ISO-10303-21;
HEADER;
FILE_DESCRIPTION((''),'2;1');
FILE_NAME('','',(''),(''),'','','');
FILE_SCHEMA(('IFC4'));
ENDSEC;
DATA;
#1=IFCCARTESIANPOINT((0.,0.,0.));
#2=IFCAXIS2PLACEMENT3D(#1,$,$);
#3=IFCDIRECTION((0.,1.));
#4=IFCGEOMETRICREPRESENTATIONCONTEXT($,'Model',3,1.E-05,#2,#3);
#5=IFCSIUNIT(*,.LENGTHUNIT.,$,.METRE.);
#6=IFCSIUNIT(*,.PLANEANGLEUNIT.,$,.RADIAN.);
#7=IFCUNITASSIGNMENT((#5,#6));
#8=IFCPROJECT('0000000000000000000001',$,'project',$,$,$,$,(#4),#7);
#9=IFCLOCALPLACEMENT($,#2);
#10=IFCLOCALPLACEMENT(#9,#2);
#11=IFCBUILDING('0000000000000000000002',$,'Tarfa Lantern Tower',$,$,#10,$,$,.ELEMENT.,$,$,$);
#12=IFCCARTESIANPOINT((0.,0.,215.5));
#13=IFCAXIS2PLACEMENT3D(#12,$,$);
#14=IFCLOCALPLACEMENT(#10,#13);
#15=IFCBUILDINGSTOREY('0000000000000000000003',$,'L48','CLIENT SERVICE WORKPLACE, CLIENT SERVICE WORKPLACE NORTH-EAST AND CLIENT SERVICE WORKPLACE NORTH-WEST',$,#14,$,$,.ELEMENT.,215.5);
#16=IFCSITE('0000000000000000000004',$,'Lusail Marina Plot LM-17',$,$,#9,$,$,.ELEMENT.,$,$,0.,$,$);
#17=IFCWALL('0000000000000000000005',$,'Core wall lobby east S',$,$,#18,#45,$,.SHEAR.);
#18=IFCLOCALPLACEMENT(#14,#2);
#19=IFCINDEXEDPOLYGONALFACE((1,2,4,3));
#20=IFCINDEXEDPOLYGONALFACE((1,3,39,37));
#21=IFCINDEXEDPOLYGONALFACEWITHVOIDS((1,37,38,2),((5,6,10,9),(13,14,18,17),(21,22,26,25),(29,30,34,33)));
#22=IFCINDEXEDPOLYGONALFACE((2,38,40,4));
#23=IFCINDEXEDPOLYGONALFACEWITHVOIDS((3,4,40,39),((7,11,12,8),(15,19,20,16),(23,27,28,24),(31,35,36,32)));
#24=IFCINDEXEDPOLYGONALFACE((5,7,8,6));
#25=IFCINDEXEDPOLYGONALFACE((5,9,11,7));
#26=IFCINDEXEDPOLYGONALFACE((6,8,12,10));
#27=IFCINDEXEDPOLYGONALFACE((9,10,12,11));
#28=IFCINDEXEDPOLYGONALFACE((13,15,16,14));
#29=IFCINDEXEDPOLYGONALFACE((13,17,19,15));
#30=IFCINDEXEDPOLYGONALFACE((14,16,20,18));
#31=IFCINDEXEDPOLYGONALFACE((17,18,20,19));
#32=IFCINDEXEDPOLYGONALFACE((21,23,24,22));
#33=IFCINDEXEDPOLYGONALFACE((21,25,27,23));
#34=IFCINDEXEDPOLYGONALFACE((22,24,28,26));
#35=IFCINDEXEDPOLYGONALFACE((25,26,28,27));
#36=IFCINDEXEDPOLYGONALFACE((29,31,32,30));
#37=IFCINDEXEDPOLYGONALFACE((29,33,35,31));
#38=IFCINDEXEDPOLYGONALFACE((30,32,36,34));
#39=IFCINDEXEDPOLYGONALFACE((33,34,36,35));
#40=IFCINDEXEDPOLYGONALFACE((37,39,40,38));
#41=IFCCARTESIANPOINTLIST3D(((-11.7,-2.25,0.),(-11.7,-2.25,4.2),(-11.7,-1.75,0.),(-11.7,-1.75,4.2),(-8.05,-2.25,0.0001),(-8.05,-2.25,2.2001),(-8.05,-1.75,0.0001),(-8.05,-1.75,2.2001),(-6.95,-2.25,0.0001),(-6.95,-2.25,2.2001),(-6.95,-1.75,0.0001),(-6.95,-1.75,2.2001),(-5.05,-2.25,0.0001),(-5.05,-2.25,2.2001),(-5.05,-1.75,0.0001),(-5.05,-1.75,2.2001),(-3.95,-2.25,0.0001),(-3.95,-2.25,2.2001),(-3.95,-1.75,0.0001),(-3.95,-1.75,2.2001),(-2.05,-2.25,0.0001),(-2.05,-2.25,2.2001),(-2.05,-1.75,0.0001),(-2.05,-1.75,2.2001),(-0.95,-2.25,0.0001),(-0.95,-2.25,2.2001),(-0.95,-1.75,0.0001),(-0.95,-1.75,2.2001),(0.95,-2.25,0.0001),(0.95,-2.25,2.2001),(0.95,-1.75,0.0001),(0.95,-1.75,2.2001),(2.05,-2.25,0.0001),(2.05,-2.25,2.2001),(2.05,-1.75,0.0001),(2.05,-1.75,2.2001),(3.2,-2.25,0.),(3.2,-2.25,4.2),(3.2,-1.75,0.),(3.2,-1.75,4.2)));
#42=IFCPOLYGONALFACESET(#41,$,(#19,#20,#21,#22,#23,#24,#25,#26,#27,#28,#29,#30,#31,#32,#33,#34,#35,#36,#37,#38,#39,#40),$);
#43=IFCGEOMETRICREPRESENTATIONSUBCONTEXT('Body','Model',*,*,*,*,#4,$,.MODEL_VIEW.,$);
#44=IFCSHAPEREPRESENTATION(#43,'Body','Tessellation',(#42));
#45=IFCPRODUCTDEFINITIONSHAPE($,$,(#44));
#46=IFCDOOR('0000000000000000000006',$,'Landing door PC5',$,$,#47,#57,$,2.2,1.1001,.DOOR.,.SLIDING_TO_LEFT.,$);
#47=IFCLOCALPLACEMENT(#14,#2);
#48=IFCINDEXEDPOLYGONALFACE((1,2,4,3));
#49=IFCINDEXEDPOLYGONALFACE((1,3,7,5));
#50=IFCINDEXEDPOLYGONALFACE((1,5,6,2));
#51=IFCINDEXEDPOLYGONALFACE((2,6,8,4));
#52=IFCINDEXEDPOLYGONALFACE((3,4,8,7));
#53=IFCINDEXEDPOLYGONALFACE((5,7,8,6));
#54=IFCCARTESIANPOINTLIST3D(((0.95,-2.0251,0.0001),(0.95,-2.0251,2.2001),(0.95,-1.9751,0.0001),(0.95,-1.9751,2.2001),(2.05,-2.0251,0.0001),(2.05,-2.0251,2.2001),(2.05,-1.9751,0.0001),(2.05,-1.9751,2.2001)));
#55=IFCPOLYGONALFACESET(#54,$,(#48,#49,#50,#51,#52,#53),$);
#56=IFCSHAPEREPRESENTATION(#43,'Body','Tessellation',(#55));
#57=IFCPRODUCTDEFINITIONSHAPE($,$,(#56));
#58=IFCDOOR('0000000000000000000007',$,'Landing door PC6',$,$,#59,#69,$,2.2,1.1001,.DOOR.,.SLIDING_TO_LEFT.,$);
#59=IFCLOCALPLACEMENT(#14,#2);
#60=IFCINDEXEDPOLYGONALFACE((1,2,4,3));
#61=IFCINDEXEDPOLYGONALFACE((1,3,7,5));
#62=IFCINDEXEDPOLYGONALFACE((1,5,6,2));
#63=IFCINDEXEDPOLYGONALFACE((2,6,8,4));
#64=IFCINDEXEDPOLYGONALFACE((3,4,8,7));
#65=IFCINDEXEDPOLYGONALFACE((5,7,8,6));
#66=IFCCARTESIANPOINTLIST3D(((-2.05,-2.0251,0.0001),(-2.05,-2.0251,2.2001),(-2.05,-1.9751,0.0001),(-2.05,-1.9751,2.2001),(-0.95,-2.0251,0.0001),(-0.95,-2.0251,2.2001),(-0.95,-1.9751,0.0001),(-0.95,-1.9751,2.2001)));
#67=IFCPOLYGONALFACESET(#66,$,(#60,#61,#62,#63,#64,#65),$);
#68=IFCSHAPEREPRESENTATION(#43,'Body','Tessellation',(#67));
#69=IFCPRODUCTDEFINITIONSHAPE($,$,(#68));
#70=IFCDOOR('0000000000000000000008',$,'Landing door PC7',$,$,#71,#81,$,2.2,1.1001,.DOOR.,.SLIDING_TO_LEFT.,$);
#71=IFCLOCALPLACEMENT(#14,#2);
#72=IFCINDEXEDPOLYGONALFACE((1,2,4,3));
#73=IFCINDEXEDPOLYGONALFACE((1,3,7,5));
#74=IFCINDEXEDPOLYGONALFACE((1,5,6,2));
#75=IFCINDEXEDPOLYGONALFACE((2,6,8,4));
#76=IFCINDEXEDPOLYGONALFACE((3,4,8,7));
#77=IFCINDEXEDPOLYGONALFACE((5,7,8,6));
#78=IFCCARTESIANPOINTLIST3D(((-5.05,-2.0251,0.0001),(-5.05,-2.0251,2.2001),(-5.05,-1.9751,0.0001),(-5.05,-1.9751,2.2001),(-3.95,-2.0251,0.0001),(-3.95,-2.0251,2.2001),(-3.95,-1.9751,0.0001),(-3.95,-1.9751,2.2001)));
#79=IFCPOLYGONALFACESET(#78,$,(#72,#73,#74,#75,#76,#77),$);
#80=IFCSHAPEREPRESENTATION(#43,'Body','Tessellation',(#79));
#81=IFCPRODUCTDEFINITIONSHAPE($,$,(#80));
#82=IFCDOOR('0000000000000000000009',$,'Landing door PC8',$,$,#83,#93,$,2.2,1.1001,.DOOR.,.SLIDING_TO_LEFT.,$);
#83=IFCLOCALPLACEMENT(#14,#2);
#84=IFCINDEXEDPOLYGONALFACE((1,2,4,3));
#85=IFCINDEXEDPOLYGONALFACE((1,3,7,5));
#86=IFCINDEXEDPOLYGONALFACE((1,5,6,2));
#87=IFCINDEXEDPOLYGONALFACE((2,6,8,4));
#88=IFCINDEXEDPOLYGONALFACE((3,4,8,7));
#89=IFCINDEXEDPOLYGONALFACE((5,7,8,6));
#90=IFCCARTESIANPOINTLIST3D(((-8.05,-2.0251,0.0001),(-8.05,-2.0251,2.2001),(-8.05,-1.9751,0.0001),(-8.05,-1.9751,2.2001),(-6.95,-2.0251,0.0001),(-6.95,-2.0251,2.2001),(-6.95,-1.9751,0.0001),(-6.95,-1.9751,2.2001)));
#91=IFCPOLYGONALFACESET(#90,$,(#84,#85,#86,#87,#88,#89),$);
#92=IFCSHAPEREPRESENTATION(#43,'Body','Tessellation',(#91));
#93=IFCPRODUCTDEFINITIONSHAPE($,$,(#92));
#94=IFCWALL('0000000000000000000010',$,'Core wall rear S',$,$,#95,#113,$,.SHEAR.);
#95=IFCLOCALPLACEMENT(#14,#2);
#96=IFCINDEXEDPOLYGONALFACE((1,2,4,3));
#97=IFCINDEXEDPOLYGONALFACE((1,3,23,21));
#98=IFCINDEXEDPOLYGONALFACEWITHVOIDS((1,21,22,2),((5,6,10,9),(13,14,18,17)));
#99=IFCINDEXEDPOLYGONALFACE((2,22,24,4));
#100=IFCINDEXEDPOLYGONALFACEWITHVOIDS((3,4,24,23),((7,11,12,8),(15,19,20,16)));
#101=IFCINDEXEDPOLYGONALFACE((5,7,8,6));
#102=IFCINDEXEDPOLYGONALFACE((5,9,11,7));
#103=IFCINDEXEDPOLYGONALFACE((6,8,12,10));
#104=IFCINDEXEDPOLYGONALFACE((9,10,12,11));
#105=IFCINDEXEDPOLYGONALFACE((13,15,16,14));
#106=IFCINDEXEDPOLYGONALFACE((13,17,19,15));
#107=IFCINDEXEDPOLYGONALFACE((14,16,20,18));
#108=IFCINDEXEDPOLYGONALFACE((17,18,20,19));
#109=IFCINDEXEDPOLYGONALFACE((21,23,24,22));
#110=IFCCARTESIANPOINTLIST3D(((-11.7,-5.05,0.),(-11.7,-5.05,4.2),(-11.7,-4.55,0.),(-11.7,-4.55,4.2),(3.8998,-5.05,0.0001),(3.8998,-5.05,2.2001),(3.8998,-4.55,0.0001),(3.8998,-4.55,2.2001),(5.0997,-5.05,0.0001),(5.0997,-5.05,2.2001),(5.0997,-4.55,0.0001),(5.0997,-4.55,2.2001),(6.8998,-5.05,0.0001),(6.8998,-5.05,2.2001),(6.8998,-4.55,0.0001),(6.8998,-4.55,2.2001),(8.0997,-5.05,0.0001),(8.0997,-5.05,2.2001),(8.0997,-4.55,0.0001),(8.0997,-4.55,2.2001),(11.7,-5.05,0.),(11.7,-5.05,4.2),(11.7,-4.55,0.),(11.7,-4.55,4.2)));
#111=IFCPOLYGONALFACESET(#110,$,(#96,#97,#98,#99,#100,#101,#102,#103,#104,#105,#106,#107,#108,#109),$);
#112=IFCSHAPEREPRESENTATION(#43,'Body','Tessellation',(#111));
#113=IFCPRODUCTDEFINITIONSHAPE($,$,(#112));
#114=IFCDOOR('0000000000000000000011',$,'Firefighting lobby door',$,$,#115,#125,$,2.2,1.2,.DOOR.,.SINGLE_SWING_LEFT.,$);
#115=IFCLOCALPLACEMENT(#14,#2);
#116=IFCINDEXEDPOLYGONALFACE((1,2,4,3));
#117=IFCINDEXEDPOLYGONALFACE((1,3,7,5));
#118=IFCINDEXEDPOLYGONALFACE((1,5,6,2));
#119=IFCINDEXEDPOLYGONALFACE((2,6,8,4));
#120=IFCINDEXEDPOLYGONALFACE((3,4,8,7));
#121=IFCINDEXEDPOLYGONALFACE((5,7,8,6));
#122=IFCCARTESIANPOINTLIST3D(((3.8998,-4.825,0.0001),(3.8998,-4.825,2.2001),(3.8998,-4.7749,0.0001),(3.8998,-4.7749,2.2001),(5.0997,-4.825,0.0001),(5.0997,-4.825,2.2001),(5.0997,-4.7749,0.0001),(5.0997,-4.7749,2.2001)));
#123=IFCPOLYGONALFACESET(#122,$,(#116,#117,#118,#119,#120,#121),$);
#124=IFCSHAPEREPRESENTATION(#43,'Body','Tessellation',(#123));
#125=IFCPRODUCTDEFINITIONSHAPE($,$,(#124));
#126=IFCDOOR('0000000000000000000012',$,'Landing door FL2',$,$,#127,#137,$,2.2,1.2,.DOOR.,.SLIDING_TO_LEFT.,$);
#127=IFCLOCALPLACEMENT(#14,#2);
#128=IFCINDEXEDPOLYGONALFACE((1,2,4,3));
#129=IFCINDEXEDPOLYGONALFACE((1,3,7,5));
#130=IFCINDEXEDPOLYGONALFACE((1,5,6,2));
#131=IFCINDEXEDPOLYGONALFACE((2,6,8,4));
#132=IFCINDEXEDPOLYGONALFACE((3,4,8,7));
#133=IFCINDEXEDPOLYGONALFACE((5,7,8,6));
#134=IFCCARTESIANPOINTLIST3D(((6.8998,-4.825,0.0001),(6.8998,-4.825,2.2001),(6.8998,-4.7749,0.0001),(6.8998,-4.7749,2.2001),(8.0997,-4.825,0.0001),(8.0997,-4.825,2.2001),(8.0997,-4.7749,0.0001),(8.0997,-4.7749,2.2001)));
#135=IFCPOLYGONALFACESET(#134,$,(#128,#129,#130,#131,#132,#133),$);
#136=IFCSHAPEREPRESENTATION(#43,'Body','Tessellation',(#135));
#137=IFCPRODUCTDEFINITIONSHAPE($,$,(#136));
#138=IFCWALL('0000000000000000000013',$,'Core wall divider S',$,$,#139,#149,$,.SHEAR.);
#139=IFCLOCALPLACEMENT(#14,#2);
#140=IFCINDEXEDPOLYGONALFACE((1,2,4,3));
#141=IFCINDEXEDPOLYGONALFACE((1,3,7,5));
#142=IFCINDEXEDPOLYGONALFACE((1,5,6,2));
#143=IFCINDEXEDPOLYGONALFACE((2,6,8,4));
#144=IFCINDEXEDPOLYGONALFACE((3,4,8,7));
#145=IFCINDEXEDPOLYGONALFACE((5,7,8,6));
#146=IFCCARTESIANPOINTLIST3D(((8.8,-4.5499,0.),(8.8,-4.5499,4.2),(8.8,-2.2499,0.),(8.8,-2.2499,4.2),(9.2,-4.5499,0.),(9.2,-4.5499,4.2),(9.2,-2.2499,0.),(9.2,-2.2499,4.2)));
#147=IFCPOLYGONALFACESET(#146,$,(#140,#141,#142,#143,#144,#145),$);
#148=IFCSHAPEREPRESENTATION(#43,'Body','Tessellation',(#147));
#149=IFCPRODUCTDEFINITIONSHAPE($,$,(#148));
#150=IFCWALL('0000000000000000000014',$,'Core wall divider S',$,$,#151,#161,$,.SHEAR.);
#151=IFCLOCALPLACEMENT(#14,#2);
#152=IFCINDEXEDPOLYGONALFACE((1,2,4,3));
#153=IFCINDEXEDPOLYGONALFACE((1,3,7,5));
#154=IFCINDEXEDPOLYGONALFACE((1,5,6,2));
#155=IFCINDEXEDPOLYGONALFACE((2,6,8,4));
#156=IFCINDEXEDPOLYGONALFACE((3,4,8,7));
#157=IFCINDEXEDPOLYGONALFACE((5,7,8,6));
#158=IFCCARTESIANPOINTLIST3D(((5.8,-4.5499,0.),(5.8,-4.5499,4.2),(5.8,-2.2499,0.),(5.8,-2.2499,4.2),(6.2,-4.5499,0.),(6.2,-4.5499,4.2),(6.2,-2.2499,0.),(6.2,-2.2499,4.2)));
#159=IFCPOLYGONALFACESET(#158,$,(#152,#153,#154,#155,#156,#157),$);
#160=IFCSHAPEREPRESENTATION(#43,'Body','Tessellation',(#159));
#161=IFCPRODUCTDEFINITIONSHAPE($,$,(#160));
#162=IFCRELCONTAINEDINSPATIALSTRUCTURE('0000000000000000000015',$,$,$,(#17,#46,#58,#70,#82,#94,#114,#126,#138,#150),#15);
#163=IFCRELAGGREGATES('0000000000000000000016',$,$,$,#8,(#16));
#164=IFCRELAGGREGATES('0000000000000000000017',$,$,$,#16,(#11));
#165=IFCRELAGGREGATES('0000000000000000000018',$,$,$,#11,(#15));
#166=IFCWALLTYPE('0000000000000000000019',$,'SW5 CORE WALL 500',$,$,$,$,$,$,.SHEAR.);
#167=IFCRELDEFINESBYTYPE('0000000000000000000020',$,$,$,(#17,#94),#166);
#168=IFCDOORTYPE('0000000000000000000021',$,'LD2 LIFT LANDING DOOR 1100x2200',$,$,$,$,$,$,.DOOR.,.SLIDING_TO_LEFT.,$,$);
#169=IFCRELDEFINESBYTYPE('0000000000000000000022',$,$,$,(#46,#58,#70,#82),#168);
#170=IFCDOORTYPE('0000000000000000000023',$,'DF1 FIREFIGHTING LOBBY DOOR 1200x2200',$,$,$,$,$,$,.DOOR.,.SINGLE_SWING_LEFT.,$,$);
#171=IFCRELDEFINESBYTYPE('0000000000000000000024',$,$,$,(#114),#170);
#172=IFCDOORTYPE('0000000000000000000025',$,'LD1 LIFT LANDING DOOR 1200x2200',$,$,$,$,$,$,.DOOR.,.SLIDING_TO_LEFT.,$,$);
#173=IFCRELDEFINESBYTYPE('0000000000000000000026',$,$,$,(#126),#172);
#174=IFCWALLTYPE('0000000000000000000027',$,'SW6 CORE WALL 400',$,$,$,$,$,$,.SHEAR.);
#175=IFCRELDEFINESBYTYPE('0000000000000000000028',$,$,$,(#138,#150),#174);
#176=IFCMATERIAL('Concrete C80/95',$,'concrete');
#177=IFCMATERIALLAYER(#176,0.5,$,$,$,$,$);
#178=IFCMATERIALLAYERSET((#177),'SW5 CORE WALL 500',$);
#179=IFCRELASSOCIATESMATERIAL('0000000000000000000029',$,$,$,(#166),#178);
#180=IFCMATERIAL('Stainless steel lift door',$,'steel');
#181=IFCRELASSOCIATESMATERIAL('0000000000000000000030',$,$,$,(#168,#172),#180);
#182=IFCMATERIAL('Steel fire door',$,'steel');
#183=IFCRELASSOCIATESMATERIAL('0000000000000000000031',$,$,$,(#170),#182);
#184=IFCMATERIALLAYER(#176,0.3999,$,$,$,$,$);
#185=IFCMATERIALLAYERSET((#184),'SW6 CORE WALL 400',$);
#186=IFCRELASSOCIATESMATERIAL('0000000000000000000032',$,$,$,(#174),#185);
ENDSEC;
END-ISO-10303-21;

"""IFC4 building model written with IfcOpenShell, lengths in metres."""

from ifc_helpers import new_model, si_unit, direction, frame, frame_2d, origin, place, context, subcontext, project, spatial, rectangle, extrude, material, layer, layer_set, type_object, element, fill, save


model = new_model("IFC4")

# Units and contexts
model_context = context("Model", 3, precision=1e-05, world=origin(), true_north=direction((0.0, 1.0)))
body_context = subcontext(model_context, "Body", "Model", "MODEL_VIEW")
ifc_project = project(units=[si_unit("LENGTHUNIT", "METRE"), si_unit("PLANEANGLEUNIT", "RADIAN")], contexts=[model_context])

# Site, building, storey
site_placement = place(None, origin())
site = spatial("IfcSite", under=ifc_project, at=site_placement, Name="Lusail Marina Plot LM-17", CompositionType="ELEMENT", RefElevation=0.0)
building_placement = place(site_placement, origin())
building = spatial("IfcBuilding", under=site, at=building_placement, Name="Tarfa Lantern Tower", CompositionType="ELEMENT")
storey_placement = place(building_placement, frame((0.0, 0.0, 215.5)))
storey = spatial("IfcBuildingStorey", under=building, at=storey_placement, Name="L48", Description="CLIENT SERVICE WORKPLACE, CLIENT SERVICE WORKPLACE NORTH-EAST AND CLIENT SERVICE WORKPLACE NORTH-WEST", CompositionType="ELEMENT", Elevation=215.5)

# Shared definitions
ifc_material_1 = material(Name="Concrete C80/95", Category="concrete")

# Shared definitions
ifc_material_2 = material(Name="Steel fire door", Category="steel")

# Shared definitions
ifc_layer_1 = layer(ifc_material_1, 0.5)
ifc_layer_set_1 = layer_set([ifc_layer_1], Name="SW5 CORE WALL 500")
wall_type_1 = type_object("IfcWallType", Name="SW5 CORE WALL 500", PredefinedType="SHEAR", material=ifc_layer_set_1)

# Walls, openings, doors
wall_1_placement = place(storey_placement, frame((3.2, -2.0, 0.0), z_axis=(0.0, 0.0, 1.0), x_axis=(-1.0, 0.0, 0.0)))
wall_1 = element("IfcWall", 1, at=wall_1_placement, inside=storey, type_object=wall_type_1, Name="Core wall lobby east S", PredefinedType="SHEAR", context=body_context, shape_type="SweptSolid", body=[
    extrude(rectangle(XDim=14.8999, YDim=0.5, at=frame_2d((7.45, 0.0))), origin(), (0.0, 0.0, 1.0), 4.2),
])
opening_1_placement = place(wall_1_placement, frame((1.1499, 0.0, 0.0)))
opening_1 = element("IfcOpeningElement", 2, at=opening_1_placement, cuts=wall_1, PredefinedType="OPENING", context=body_context, shape_type="SweptSolid", body=[
    extrude(rectangle(XDim=1.1001, YDim=2.2, at=frame_2d((0.55, 1.1001))), frame((0.0, 0.26, 0.0), z_axis=(0.0, -1.0, 0.0), x_axis=(1.0, 0.0, 0.0)), (0.0, 0.0, 1.0), 0.52),
])
opening_2_placement = place(wall_1_placement, frame((4.1499, 0.0, 0.0)))
opening_2 = element("IfcOpeningElement", 3, at=opening_2_placement, cuts=wall_1, PredefinedType="OPENING", context=body_context, shape_type="SweptSolid", body=[
    extrude(rectangle(XDim=1.1001, YDim=2.2, at=frame_2d((0.55, 1.1001))), frame((0.0, 0.26, 0.0), z_axis=(0.0, -1.0, 0.0), x_axis=(1.0, 0.0, 0.0)), (0.0, 0.0, 1.0), 0.52),
])
opening_3_placement = place(wall_1_placement, frame((7.1499, 0.0, 0.0)))
opening_3 = element("IfcOpeningElement", 4, at=opening_3_placement, cuts=wall_1, PredefinedType="OPENING", context=body_context, shape_type="SweptSolid", body=[
    extrude(rectangle(XDim=1.1001, YDim=2.2, at=frame_2d((0.55, 1.1001))), frame((0.0, 0.26, 0.0), z_axis=(0.0, -1.0, 0.0), x_axis=(1.0, 0.0, 0.0)), (0.0, 0.0, 1.0), 0.52),
])
opening_4_placement = place(wall_1_placement, frame((10.1499, 0.0, 0.0)))
opening_4 = element("IfcOpeningElement", 5, at=opening_4_placement, cuts=wall_1, PredefinedType="OPENING", context=body_context, shape_type="SweptSolid", body=[
    extrude(rectangle(XDim=1.1001, YDim=2.2, at=frame_2d((0.55, 1.1001))), frame((0.0, 0.26, 0.0), z_axis=(0.0, -1.0, 0.0), x_axis=(1.0, 0.0, 0.0)), (0.0, 0.0, 1.0), 0.52),
])
ifc_material_3 = material(Name="Stainless steel lift door", Category="steel")
door_type_1 = type_object("IfcDoorType", Name="LD2 LIFT LANDING DOOR 1100x2200", OperationType="SLIDING_TO_LEFT", PredefinedType="DOOR", material=ifc_material_3)
door_1_placement = place(opening_1_placement, frame((1.1001, 0.0, 0.0), z_axis=(0.0, 0.0, 1.0), x_axis=(-1.0, 0.0, 0.0)))
door_1 = element("IfcDoor", 6, at=door_1_placement, inside=storey, type_object=door_type_1, Name="Landing door PC5", OperationType="SLIDING_TO_LEFT", OverallHeight=2.2, OverallWidth=1.1001, PredefinedType="DOOR", context=body_context, shape_type="SweptSolid", body=[
    extrude(rectangle(XDim=1.1001, YDim=2.2, at=frame_2d((0.55, 1.1001))), frame((0.0, 0.0249, 0.0), z_axis=(0.0, -1.0, 0.0), x_axis=(1.0, 0.0, 0.0)), (0.0, 0.0, 1.0), 0.05),
])
fill(opening_1, door_1)
door_2_placement = place(opening_2_placement, frame((1.1001, 0.0, 0.0), z_axis=(0.0, 0.0, 1.0), x_axis=(-1.0, 0.0, 0.0)))
door_2 = element("IfcDoor", 7, at=door_2_placement, inside=storey, type_object=door_type_1, Name="Landing door PC6", OperationType="SLIDING_TO_LEFT", OverallHeight=2.2, OverallWidth=1.1001, PredefinedType="DOOR", context=body_context, shape_type="SweptSolid", body=[
    extrude(rectangle(XDim=1.1001, YDim=2.2, at=frame_2d((0.55, 1.1001))), frame((0.0, 0.0249, 0.0), z_axis=(0.0, -1.0, 0.0), x_axis=(1.0, 0.0, 0.0)), (0.0, 0.0, 1.0), 0.05),
])
fill(opening_2, door_2)
door_3_placement = place(opening_3_placement, frame((1.1001, 0.0, 0.0), z_axis=(0.0, 0.0, 1.0), x_axis=(-1.0, 0.0, 0.0)))
door_3 = element("IfcDoor", 8, at=door_3_placement, inside=storey, type_object=door_type_1, Name="Landing door PC7", OperationType="SLIDING_TO_LEFT", OverallHeight=2.2, OverallWidth=1.1001, PredefinedType="DOOR", context=body_context, shape_type="SweptSolid", body=[
    extrude(rectangle(XDim=1.1001, YDim=2.2, at=frame_2d((0.55, 1.1001))), frame((0.0, 0.0249, 0.0), z_axis=(0.0, -1.0, 0.0), x_axis=(1.0, 0.0, 0.0)), (0.0, 0.0, 1.0), 0.05),
])
fill(opening_3, door_3)
door_4_placement = place(opening_4_placement, frame((1.1001, 0.0, 0.0), z_axis=(0.0, 0.0, 1.0), x_axis=(-1.0, 0.0, 0.0)))
door_4 = element("IfcDoor", 9, at=door_4_placement, inside=storey, type_object=door_type_1, Name="Landing door PC8", OperationType="SLIDING_TO_LEFT", OverallHeight=2.2, OverallWidth=1.1001, PredefinedType="DOOR", context=body_context, shape_type="SweptSolid", body=[
    extrude(rectangle(XDim=1.1001, YDim=2.2, at=frame_2d((0.55, 1.1001))), frame((0.0, 0.0249, 0.0), z_axis=(0.0, -1.0, 0.0), x_axis=(1.0, 0.0, 0.0)), (0.0, 0.0, 1.0), 0.05),
])
fill(opening_4, door_4)
wall_2_placement = place(storey_placement, frame((11.7, -4.8, 0.0), z_axis=(0.0, 0.0, 1.0), x_axis=(-1.0, 0.0, 0.0)))
wall_2 = element("IfcWall", 10, at=wall_2_placement, inside=storey, type_object=wall_type_1, Name="Core wall rear S", PredefinedType="SHEAR", context=body_context, shape_type="SweptSolid", body=[
    extrude(rectangle(XDim=23.3999, YDim=0.5, at=frame_2d((11.7, 0.0))), origin(), (0.0, 0.0, 1.0), 4.2),
])
opening_5_placement = place(wall_2_placement, frame((6.6001, 0.0, 0.0)))
opening_5 = element("IfcOpeningElement", 11, at=opening_5_placement, cuts=wall_2, PredefinedType="OPENING", context=body_context, shape_type="SweptSolid", body=[
    extrude(rectangle(XDim=1.2, YDim=2.2, at=frame_2d((0.6001, 1.1001))), frame((0.0, 0.26, 0.0), z_axis=(0.0, -1.0, 0.0), x_axis=(1.0, 0.0, 0.0)), (0.0, 0.0, 1.0), 0.52),
])
opening_6_placement = place(wall_2_placement, frame((3.6001, 0.0, 0.0)))
opening_6 = element("IfcOpeningElement", 12, at=opening_6_placement, cuts=wall_2, PredefinedType="OPENING", context=body_context, shape_type="SweptSolid", body=[
    extrude(rectangle(XDim=1.2, YDim=2.2, at=frame_2d((0.6001, 1.1001))), frame((0.0, 0.26, 0.0), z_axis=(0.0, -1.0, 0.0), x_axis=(1.0, 0.0, 0.0)), (0.0, 0.0, 1.0), 0.52),
])
door_type_2 = type_object("IfcDoorType", Name="DF1 FIREFIGHTING LOBBY DOOR 1200x2200", OperationType="SINGLE_SWING_LEFT", PredefinedType="DOOR", material=ifc_material_2)
door_5_placement = place(opening_5_placement, origin())
door_5 = element("IfcDoor", 13, at=door_5_placement, inside=storey, type_object=door_type_2, Name="Firefighting lobby door", OperationType="SINGLE_SWING_LEFT", OverallHeight=2.2, OverallWidth=1.2, PredefinedType="DOOR", context=body_context, shape_type="SweptSolid", body=[
    extrude(rectangle(XDim=1.2, YDim=2.2, at=frame_2d((0.6001, 1.1001))), frame((0.0, 0.0249, 0.0), z_axis=(0.0, -1.0, 0.0), x_axis=(1.0, 0.0, 0.0)), (0.0, 0.0, 1.0), 0.05),
])
fill(opening_5, door_5)
door_type_3 = type_object("IfcDoorType", Name="LD1 LIFT LANDING DOOR 1200x2200", OperationType="SLIDING_TO_LEFT", PredefinedType="DOOR", material=ifc_material_3)
door_6_placement = place(opening_6_placement, origin())
door_6 = element("IfcDoor", 14, at=door_6_placement, inside=storey, type_object=door_type_3, Name="Landing door FL2", OperationType="SLIDING_TO_LEFT", OverallHeight=2.2, OverallWidth=1.2, PredefinedType="DOOR", context=body_context, shape_type="SweptSolid", body=[
    extrude(rectangle(XDim=1.2, YDim=2.2, at=frame_2d((0.6001, 1.1001))), frame((0.0, 0.0249, 0.0), z_axis=(0.0, -1.0, 0.0), x_axis=(1.0, 0.0, 0.0)), (0.0, 0.0, 1.0), 0.05),
])
fill(opening_6, door_6)

# Walls
ifc_layer_2 = layer(ifc_material_1, 0.3999)
ifc_layer_set_2 = layer_set([ifc_layer_2], Name="SW6 CORE WALL 400")
wall_type_2 = type_object("IfcWallType", Name="SW6 CORE WALL 400", PredefinedType="SHEAR", material=ifc_layer_set_2)
for number, where, z_axis, x_axis, name in (
    (15, (9.0, -2.25, 0.0), (0.0, 0.0, 1.0), (0.0, -1.0, 0.0), "Core wall divider S"),
    (16, (6.0, -2.25, 0.0), (0.0, 0.0, 1.0), (0.0, -1.0, 0.0), "Core wall divider S"),
):
    element("IfcWall", number, at=place(storey_placement, frame(where, z_axis=z_axis, x_axis=x_axis)), inside=storey, type_object=wall_type_2, Name=name, PredefinedType="SHEAR", context=body_context, shape_type="SweptSolid", body=[
        extrude(rectangle(XDim=2.3, YDim=0.3999, at=frame_2d((1.1499, 0.0))), origin(), (0.0, 0.0, 1.0), 4.2),
    ])

save(model, "model.ifc")
